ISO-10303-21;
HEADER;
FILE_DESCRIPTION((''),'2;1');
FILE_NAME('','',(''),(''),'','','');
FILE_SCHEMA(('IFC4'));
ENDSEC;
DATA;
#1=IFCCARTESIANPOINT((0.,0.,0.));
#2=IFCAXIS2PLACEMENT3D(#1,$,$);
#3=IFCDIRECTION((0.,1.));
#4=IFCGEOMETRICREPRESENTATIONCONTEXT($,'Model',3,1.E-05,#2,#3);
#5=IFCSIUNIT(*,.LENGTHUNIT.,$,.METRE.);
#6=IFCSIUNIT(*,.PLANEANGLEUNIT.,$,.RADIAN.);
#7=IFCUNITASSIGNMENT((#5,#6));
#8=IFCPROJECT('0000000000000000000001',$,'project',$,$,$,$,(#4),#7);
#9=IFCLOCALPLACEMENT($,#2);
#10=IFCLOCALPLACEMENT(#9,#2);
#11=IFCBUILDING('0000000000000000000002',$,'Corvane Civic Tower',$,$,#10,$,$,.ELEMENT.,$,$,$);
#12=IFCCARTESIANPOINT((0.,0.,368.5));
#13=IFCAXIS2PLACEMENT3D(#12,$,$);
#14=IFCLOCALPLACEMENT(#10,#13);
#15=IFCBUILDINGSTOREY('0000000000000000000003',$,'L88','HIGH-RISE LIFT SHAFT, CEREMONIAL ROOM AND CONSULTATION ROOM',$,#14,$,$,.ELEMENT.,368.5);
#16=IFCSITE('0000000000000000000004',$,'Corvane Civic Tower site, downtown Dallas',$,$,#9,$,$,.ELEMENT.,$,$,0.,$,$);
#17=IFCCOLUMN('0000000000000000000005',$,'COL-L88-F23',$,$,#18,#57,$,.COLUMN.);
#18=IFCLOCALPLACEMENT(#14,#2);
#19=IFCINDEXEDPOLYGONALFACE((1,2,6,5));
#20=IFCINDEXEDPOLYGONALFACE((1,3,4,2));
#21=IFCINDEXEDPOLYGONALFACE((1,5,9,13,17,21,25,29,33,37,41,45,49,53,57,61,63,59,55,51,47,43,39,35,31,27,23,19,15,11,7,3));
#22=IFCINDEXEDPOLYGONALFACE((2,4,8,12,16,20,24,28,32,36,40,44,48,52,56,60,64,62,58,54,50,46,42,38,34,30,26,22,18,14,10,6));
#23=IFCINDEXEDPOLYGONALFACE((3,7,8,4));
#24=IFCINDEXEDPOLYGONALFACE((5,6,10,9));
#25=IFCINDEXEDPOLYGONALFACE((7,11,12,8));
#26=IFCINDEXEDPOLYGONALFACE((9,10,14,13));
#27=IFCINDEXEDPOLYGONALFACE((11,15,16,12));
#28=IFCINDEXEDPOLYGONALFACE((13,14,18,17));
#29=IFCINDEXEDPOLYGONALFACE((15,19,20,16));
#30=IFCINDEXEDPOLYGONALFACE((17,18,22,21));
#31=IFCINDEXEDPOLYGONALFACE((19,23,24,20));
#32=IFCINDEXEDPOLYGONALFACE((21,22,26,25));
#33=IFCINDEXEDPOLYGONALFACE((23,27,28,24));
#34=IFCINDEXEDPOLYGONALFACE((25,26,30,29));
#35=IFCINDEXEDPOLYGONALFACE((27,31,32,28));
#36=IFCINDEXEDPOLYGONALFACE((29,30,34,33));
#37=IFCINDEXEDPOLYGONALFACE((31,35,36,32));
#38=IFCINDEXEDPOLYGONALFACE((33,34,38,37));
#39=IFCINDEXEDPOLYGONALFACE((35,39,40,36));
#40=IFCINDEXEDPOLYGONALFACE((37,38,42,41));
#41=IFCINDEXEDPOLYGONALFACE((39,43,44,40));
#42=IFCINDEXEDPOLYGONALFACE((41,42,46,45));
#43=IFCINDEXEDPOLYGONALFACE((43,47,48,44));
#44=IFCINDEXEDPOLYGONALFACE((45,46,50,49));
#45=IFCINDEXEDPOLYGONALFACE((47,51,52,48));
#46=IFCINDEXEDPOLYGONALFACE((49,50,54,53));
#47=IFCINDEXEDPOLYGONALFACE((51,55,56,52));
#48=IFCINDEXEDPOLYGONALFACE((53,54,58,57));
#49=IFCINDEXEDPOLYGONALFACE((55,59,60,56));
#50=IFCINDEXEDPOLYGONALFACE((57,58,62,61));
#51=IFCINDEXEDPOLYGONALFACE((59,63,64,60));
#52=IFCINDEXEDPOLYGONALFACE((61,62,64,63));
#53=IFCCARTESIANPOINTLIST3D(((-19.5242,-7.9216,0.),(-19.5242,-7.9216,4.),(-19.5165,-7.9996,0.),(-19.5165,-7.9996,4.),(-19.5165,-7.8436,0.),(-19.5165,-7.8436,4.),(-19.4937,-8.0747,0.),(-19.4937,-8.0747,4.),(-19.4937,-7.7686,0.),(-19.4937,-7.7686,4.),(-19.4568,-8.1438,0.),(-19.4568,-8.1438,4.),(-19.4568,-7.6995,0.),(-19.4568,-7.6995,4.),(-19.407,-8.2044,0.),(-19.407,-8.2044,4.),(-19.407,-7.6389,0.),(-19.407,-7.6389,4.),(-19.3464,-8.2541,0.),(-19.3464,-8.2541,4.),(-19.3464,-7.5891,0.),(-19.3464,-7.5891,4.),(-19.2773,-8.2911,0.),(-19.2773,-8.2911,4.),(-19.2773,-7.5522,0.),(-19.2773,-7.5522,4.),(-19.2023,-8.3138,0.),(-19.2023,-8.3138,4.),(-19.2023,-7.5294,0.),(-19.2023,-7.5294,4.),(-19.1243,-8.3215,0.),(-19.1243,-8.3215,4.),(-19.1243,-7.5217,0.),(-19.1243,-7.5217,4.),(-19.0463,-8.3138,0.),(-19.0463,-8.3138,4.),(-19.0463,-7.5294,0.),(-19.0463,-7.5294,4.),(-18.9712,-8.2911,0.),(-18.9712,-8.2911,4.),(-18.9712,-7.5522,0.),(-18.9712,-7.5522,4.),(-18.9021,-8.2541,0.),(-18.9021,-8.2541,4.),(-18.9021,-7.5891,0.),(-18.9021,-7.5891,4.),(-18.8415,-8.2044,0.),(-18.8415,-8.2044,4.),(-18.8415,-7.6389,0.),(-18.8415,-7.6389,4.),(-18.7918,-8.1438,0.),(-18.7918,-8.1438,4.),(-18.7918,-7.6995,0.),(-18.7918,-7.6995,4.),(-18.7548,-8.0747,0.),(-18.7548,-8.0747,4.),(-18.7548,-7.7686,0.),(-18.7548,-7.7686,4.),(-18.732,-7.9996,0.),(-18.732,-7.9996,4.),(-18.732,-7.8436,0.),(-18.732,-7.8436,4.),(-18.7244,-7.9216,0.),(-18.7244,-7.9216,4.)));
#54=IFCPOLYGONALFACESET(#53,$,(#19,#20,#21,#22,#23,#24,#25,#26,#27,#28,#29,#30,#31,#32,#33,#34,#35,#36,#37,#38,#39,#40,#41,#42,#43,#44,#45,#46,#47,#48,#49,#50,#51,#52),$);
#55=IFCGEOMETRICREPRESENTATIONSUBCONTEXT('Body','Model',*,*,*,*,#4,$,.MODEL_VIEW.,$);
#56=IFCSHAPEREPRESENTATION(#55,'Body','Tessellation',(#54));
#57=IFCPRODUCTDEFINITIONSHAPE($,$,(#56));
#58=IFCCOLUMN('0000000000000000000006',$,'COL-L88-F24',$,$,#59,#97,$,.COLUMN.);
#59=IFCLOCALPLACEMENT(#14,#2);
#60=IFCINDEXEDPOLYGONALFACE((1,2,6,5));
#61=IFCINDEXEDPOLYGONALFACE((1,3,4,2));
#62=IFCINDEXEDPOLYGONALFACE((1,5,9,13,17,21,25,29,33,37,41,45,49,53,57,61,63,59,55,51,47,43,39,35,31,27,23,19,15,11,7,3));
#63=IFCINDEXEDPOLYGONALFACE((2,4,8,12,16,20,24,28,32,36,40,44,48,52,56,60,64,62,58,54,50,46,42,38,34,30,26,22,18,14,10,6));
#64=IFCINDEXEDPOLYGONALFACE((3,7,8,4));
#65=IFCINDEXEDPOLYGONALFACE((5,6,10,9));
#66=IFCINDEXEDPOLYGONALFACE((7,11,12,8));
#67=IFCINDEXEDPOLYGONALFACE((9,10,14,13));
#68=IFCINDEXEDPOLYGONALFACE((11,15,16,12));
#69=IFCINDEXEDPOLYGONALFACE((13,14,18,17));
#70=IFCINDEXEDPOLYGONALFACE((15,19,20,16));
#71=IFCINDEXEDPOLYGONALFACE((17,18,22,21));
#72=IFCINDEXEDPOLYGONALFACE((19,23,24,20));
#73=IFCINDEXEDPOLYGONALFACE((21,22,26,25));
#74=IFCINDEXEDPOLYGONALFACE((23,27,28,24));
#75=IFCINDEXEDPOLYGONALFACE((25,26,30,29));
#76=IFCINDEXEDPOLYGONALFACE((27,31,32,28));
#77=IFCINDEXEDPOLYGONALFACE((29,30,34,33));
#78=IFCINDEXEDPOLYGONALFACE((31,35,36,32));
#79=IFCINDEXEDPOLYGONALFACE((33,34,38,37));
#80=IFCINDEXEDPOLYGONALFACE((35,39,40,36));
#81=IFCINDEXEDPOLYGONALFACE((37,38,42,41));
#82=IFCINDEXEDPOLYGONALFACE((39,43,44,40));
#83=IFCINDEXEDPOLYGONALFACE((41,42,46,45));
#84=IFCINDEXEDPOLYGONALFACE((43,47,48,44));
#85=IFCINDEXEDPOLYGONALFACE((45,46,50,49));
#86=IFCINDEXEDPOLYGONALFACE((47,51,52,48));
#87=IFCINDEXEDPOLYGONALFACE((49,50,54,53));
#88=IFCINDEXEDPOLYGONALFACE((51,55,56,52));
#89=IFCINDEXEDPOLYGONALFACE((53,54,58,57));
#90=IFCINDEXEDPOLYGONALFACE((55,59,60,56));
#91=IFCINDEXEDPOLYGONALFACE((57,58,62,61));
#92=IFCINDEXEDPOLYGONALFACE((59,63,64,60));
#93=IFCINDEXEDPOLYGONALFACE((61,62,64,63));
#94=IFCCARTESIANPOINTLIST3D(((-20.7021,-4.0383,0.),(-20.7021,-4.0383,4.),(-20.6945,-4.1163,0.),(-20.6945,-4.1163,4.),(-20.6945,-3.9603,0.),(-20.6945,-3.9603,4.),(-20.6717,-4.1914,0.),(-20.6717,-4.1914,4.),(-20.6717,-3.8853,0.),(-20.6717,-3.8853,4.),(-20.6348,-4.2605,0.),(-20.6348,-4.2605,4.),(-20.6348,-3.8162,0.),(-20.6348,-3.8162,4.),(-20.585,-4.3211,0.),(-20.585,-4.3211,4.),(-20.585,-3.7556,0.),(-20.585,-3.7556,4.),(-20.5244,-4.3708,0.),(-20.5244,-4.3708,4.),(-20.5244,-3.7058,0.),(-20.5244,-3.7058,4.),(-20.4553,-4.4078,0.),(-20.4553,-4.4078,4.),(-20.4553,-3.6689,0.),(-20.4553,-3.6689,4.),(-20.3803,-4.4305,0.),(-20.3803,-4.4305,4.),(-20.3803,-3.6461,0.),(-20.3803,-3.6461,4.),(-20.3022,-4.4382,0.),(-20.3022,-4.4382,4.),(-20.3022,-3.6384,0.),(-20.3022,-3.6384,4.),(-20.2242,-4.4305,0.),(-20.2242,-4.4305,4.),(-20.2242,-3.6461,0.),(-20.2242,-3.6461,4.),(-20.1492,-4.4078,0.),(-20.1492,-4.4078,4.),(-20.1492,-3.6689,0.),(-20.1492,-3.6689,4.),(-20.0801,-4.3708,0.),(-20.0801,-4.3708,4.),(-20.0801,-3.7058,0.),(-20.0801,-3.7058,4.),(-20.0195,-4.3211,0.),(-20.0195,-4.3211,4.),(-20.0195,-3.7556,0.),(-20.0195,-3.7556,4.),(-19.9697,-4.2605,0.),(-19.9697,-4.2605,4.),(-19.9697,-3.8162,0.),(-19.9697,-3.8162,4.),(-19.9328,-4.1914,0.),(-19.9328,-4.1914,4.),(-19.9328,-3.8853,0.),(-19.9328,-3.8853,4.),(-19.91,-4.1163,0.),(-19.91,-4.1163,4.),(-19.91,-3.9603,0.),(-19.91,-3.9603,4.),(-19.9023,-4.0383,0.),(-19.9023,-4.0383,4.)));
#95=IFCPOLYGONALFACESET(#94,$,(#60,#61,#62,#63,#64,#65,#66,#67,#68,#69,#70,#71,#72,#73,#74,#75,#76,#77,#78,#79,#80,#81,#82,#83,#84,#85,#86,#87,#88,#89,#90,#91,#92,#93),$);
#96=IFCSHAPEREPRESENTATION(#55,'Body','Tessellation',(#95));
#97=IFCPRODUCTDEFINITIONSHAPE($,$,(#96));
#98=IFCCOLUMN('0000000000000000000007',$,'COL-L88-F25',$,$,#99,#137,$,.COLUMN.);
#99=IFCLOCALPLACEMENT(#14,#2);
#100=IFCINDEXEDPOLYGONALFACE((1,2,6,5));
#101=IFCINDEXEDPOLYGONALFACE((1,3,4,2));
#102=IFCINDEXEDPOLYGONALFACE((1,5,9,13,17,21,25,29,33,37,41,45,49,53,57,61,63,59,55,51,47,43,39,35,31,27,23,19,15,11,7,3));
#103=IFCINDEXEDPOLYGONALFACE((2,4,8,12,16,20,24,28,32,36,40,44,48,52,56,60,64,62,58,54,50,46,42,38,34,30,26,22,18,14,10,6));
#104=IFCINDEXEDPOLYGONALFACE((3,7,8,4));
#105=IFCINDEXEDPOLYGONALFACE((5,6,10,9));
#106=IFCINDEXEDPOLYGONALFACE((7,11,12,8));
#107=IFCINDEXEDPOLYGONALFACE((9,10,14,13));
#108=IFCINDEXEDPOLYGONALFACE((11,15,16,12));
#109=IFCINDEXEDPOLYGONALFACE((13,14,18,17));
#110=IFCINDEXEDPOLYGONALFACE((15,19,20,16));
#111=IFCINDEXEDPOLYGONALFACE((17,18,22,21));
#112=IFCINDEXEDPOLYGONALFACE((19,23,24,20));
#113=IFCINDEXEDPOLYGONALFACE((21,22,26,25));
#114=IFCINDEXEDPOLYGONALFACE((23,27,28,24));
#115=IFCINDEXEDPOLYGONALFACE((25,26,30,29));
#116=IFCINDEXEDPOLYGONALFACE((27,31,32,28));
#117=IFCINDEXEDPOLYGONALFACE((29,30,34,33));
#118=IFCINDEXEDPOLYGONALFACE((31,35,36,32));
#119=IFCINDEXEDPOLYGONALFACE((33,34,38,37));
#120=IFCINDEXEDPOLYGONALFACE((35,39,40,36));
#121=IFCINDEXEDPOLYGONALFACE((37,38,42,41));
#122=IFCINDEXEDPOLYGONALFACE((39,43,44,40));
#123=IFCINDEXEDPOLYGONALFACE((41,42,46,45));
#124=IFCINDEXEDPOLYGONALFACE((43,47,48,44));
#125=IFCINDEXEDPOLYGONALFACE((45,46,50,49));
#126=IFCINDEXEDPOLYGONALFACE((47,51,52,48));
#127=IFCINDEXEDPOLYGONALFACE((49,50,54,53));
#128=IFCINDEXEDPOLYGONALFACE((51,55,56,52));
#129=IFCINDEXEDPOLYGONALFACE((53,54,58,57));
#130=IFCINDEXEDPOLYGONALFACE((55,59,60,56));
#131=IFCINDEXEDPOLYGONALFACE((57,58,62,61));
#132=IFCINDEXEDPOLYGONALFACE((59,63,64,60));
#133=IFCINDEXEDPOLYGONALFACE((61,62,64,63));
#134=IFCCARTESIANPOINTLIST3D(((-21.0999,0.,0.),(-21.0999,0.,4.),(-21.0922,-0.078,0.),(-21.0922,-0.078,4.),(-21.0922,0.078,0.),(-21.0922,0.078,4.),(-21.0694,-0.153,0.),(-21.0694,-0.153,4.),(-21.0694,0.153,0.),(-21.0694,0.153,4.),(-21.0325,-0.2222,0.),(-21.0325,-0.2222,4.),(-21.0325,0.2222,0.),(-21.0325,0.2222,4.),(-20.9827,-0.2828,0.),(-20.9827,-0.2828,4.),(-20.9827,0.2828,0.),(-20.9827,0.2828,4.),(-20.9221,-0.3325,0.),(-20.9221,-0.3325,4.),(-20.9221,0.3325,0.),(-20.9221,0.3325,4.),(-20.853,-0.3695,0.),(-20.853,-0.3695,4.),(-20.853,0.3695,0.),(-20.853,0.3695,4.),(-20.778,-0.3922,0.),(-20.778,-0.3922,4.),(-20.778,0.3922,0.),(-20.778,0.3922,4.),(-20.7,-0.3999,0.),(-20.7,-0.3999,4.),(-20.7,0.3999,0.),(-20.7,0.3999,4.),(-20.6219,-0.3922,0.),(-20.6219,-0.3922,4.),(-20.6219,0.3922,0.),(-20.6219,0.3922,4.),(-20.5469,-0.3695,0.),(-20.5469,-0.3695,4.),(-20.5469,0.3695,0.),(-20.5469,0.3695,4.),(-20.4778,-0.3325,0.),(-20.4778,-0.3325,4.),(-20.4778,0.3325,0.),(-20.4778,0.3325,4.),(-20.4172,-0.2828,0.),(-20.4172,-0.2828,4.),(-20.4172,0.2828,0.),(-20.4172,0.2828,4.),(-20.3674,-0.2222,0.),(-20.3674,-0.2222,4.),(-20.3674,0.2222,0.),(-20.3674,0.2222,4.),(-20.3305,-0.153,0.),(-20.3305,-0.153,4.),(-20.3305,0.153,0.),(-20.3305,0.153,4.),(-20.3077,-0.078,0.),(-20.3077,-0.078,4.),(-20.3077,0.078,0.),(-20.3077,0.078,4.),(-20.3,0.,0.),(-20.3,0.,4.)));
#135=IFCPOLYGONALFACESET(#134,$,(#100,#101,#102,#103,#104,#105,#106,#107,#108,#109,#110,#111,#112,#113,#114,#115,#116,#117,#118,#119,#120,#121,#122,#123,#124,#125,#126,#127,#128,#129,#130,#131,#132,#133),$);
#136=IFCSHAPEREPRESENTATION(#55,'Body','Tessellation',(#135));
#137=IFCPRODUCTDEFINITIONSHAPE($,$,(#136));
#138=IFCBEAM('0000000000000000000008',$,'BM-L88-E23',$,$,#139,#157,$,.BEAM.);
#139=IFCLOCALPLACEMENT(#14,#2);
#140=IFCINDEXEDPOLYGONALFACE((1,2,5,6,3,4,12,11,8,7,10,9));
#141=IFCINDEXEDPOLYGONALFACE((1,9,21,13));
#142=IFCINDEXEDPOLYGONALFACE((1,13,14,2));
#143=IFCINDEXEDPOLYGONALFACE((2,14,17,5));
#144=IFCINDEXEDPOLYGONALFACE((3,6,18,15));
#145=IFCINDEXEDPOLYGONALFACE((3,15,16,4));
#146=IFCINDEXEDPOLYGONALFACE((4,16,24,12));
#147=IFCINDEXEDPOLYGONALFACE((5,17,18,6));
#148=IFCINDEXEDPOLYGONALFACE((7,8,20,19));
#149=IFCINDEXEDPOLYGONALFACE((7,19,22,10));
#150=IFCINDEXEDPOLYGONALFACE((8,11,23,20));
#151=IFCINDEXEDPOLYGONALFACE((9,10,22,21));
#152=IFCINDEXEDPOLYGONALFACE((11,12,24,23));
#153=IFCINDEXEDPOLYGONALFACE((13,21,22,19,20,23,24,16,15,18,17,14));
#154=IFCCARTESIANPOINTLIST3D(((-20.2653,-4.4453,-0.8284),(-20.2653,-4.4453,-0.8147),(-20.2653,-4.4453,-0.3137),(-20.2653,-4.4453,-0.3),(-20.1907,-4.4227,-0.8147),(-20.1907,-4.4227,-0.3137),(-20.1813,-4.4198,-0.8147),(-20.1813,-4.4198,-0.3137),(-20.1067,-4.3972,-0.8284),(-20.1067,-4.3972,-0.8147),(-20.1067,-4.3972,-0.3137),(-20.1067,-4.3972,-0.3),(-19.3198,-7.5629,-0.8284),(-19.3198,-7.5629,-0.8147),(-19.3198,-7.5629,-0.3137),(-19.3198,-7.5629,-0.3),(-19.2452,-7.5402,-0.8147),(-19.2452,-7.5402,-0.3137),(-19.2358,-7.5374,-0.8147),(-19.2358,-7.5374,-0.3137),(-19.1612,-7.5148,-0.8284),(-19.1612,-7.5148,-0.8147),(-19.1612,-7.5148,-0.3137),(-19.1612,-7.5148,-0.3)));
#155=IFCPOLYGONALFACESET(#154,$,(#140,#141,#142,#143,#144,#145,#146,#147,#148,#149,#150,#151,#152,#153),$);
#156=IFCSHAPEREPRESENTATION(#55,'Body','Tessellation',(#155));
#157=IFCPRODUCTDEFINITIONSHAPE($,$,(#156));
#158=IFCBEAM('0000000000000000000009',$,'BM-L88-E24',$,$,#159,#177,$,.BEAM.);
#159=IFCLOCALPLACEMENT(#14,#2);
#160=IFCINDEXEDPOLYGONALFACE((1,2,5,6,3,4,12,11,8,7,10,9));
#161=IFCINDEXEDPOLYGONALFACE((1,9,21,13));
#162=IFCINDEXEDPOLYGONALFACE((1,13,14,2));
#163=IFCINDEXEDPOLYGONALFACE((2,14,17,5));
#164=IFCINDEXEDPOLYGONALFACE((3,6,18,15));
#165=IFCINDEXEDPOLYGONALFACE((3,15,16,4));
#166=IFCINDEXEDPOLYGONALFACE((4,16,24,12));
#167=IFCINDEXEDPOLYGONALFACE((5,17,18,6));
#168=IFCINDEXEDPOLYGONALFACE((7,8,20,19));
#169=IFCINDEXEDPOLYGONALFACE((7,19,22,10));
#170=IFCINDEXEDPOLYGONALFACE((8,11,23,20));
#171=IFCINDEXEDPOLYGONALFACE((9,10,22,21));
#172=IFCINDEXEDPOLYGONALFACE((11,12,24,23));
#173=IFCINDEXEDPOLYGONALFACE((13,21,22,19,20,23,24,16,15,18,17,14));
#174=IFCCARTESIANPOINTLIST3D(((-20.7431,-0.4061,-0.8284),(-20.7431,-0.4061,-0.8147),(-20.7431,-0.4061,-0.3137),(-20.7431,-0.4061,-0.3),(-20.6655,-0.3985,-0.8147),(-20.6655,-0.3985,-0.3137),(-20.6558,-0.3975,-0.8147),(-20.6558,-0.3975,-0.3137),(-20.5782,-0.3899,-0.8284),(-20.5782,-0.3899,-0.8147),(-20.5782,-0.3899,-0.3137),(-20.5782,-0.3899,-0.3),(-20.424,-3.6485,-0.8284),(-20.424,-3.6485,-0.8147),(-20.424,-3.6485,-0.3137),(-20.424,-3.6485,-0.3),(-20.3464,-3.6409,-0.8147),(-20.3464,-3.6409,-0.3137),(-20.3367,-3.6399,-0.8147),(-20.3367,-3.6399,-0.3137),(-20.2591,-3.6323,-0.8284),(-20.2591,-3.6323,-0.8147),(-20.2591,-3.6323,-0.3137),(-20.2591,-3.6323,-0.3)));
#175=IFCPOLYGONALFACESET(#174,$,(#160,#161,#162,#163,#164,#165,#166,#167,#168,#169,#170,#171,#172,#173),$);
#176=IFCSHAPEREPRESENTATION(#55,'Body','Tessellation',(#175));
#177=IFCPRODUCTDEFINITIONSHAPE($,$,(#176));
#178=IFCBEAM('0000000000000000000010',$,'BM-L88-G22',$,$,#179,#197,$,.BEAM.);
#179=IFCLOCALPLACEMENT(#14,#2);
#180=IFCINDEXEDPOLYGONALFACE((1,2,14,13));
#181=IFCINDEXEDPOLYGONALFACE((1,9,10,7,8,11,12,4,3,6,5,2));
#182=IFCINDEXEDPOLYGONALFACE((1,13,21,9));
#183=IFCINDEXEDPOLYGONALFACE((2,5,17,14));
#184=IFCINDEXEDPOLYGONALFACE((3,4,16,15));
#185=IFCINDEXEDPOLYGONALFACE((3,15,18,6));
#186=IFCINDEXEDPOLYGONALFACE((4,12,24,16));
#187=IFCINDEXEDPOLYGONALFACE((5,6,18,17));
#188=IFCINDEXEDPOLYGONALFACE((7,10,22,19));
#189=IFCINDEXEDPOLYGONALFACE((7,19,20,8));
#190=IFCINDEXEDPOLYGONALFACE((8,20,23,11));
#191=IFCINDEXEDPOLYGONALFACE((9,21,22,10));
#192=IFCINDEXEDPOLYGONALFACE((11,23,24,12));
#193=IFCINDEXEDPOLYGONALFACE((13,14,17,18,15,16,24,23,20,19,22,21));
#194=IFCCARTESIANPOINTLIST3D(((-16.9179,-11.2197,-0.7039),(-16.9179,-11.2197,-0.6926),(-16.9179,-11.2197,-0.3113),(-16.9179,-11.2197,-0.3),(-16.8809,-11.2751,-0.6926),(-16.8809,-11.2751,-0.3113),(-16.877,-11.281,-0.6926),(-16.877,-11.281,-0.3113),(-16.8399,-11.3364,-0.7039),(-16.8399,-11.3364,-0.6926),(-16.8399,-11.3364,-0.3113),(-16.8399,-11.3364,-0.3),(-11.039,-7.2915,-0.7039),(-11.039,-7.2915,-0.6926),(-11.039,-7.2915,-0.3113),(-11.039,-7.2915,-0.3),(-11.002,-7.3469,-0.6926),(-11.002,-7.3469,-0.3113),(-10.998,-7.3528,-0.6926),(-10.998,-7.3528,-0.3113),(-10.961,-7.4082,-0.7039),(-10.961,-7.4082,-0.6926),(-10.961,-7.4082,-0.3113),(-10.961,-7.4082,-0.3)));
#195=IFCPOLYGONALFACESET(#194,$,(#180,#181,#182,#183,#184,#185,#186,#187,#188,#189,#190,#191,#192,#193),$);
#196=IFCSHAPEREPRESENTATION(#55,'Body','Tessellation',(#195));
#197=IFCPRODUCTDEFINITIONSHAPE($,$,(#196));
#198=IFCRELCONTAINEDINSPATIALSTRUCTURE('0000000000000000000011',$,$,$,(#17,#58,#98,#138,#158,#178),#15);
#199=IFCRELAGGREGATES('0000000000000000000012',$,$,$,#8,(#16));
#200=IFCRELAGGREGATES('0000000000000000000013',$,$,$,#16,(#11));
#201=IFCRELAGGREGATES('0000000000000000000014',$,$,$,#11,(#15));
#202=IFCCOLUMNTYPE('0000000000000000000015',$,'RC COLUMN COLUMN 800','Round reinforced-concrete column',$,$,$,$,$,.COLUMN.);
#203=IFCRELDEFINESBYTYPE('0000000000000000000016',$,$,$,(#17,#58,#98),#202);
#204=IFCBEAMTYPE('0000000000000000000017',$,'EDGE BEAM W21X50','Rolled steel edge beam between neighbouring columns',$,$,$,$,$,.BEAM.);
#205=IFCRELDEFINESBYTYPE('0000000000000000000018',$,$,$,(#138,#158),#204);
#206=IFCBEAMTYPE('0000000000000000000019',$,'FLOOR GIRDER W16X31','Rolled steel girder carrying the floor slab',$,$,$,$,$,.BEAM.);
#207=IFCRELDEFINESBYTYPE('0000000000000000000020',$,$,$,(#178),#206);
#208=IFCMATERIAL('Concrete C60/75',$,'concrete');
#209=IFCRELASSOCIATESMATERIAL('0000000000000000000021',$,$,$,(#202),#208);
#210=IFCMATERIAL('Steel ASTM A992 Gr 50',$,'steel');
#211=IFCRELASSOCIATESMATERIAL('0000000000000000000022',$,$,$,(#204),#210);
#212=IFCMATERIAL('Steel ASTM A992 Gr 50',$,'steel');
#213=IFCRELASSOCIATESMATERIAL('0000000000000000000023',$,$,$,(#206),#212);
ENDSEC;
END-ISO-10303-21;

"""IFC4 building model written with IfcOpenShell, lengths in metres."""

from ifc_helpers import new_model, si_unit, direction, frame, origin, origin_2d, place, context, subcontext, project, spatial, circle, i_section, extrude, material, material_profile, profile_set, type_object, element, save


model = new_model("IFC4")

# Units and contexts
model_context = context("Model", 3, precision=1e-05, world=origin(), true_north=direction((0.0, 1.0)))
body_context = subcontext(model_context, "Body", "Model", "MODEL_VIEW")
ifc_project = project(units=[si_unit("LENGTHUNIT", "METRE"), si_unit("PLANEANGLEUNIT", "RADIAN")], contexts=[model_context])

# Site, building, storey
site_placement = place(None, origin())
site = spatial("IfcSite", under=ifc_project, at=site_placement, Name="Corvane Civic Tower site, downtown Dallas", CompositionType="ELEMENT", RefElevation=0.0)
building_placement = place(site_placement, origin())
building = spatial("IfcBuilding", under=site, at=building_placement, Name="Corvane Civic Tower", CompositionType="ELEMENT")
storey_placement = place(building_placement, frame((0.0, 0.0, 368.5)))
storey = spatial("IfcBuildingStorey", under=building, at=storey_placement, Name="L88", Description="HIGH-RISE LIFT SHAFT, CEREMONIAL ROOM AND CONSULTATION ROOM", CompositionType="ELEMENT", Elevation=368.5)

# Columns
ifc_material_1 = material(Name="Concrete C60/75", Category="concrete")
ifc_material_profile_1 = material_profile(ifc_material_1, circle(Radius=0.3999, at=origin_2d()), Name="COLUMN 800")
ifc_profile_set_1 = profile_set([ifc_material_profile_1], Name="Concrete C60/75")
column_type = type_object("IfcColumnType", Name="RC COLUMN COLUMN 800", Description="Round reinforced-concrete column", PredefinedType="COLUMN", material=ifc_profile_set_1)
for number, where, z_axis, x_axis, name in (
    (1, (-19.1243, -7.9216, 0.0), (0.0, 0.0, 1.0), (1.0, 0.0, 0.0), "COL-L88-F23"),
    (2, (-20.3022, -4.0383, 0.0), (0.0, 0.0, 1.0), (1.0, 0.0, 0.0), "COL-L88-F24"),
    (3, (-20.7, 0.0, 0.0), (0.0, 0.0, 1.0), (1.0, 0.0, 0.0), "COL-L88-F25"),
):
    element("IfcColumn", number, at=place(storey_placement, frame(where, z_axis=z_axis, x_axis=x_axis)), inside=storey, type_object=column_type, Name=name, PredefinedType="COLUMN", context=body_context, shape_type="SweptSolid", body=[
        extrude(circle(Radius=0.3999, at=origin_2d()), origin(), (0.0, 0.0, 1.0), 4.0),
    ])

# Beams
ifc_material_2 = material(Name="Steel ASTM A992 Gr 50", Category="steel")
ifc_material_profile_2 = material_profile(ifc_material_2, i_section(OverallWidth=0.1658, OverallDepth=0.5283, WebThickness=0.0098, FlangeThickness=0.0137, at=origin_2d()), Name="W21X50")
ifc_profile_set_2 = profile_set([ifc_material_profile_2], Name="Steel ASTM A992 Gr 50")
beam_type_1 = type_object("IfcBeamType", Name="EDGE BEAM W21X50", Description="Rolled steel edge beam between neighbouring columns", PredefinedType="BEAM", material=ifc_profile_set_2)
beam_1_placement = place(storey_placement, frame((-19.2405, -7.5388, -0.5642), z_axis=(-0.290234, 0.956956, 0.0), x_axis=(-0.956956, -0.290234, 0.0)))
element("IfcBeam", 4, at=beam_1_placement, inside=storey, type_object=beam_type_1, Name="BM-L88-E23", PredefinedType="BEAM", context=body_context, shape_type="SweptSolid", body=[
    extrude(i_section(OverallWidth=0.1658, OverallDepth=0.5283, WebThickness=0.0098, FlangeThickness=0.0137, at=origin_2d()), origin(), (0.0, 0.0, 1.0), 3.2578),
])
beam_2_placement = place(storey_placement, frame((-20.3416, -3.6404, -0.5642), z_axis=(-0.097938, 0.995193, 0.0), x_axis=(-0.995193, -0.097938, 0.0)))
element("IfcBeam", 5, at=beam_2_placement, inside=storey, type_object=beam_type_1, Name="BM-L88-E24", PredefinedType="BEAM", context=body_context, shape_type="SweptSolid", body=[
    extrude(i_section(OverallWidth=0.1658, OverallDepth=0.5283, WebThickness=0.0098, FlangeThickness=0.0137, at=origin_2d()), origin(), (0.0, 0.0, 1.0), 3.2581),
])
ifc_material_3 = material(Name="Steel ASTM A992 Gr 50", Category="steel")
ifc_material_profile_3 = material_profile(ifc_material_3, i_section(OverallWidth=0.1404, OverallDepth=0.4038, WebThickness=0.0071, FlangeThickness=0.0112, at=origin_2d()), Name="W16X31")
ifc_profile_set_3 = profile_set([ifc_material_profile_3], Name="Steel ASTM A992 Gr 50")
beam_type_2 = type_object("IfcBeamType", Name="FLOOR GIRDER W16X31", Description="Rolled steel girder carrying the floor slab", PredefinedType="BEAM", material=ifc_profile_set_3)
beam_3_placement = place(storey_placement, frame((-11.0, -7.3499, -0.502), z_axis=(-0.831465, -0.555576, 0.0), x_axis=(0.555576, -0.831465, 0.0)))
element("IfcBeam", 6, at=beam_3_placement, inside=storey, type_object=beam_type_2, Name="BM-L88-G22", PredefinedType="BEAM", context=body_context, shape_type="SweptSolid", body=[
    extrude(i_section(OverallWidth=0.1404, OverallDepth=0.4038, WebThickness=0.0071, FlangeThickness=0.0112, at=origin_2d()), origin(), (0.0, 0.0, 1.0), 7.0706),
])

save(model, "model.ifc")
